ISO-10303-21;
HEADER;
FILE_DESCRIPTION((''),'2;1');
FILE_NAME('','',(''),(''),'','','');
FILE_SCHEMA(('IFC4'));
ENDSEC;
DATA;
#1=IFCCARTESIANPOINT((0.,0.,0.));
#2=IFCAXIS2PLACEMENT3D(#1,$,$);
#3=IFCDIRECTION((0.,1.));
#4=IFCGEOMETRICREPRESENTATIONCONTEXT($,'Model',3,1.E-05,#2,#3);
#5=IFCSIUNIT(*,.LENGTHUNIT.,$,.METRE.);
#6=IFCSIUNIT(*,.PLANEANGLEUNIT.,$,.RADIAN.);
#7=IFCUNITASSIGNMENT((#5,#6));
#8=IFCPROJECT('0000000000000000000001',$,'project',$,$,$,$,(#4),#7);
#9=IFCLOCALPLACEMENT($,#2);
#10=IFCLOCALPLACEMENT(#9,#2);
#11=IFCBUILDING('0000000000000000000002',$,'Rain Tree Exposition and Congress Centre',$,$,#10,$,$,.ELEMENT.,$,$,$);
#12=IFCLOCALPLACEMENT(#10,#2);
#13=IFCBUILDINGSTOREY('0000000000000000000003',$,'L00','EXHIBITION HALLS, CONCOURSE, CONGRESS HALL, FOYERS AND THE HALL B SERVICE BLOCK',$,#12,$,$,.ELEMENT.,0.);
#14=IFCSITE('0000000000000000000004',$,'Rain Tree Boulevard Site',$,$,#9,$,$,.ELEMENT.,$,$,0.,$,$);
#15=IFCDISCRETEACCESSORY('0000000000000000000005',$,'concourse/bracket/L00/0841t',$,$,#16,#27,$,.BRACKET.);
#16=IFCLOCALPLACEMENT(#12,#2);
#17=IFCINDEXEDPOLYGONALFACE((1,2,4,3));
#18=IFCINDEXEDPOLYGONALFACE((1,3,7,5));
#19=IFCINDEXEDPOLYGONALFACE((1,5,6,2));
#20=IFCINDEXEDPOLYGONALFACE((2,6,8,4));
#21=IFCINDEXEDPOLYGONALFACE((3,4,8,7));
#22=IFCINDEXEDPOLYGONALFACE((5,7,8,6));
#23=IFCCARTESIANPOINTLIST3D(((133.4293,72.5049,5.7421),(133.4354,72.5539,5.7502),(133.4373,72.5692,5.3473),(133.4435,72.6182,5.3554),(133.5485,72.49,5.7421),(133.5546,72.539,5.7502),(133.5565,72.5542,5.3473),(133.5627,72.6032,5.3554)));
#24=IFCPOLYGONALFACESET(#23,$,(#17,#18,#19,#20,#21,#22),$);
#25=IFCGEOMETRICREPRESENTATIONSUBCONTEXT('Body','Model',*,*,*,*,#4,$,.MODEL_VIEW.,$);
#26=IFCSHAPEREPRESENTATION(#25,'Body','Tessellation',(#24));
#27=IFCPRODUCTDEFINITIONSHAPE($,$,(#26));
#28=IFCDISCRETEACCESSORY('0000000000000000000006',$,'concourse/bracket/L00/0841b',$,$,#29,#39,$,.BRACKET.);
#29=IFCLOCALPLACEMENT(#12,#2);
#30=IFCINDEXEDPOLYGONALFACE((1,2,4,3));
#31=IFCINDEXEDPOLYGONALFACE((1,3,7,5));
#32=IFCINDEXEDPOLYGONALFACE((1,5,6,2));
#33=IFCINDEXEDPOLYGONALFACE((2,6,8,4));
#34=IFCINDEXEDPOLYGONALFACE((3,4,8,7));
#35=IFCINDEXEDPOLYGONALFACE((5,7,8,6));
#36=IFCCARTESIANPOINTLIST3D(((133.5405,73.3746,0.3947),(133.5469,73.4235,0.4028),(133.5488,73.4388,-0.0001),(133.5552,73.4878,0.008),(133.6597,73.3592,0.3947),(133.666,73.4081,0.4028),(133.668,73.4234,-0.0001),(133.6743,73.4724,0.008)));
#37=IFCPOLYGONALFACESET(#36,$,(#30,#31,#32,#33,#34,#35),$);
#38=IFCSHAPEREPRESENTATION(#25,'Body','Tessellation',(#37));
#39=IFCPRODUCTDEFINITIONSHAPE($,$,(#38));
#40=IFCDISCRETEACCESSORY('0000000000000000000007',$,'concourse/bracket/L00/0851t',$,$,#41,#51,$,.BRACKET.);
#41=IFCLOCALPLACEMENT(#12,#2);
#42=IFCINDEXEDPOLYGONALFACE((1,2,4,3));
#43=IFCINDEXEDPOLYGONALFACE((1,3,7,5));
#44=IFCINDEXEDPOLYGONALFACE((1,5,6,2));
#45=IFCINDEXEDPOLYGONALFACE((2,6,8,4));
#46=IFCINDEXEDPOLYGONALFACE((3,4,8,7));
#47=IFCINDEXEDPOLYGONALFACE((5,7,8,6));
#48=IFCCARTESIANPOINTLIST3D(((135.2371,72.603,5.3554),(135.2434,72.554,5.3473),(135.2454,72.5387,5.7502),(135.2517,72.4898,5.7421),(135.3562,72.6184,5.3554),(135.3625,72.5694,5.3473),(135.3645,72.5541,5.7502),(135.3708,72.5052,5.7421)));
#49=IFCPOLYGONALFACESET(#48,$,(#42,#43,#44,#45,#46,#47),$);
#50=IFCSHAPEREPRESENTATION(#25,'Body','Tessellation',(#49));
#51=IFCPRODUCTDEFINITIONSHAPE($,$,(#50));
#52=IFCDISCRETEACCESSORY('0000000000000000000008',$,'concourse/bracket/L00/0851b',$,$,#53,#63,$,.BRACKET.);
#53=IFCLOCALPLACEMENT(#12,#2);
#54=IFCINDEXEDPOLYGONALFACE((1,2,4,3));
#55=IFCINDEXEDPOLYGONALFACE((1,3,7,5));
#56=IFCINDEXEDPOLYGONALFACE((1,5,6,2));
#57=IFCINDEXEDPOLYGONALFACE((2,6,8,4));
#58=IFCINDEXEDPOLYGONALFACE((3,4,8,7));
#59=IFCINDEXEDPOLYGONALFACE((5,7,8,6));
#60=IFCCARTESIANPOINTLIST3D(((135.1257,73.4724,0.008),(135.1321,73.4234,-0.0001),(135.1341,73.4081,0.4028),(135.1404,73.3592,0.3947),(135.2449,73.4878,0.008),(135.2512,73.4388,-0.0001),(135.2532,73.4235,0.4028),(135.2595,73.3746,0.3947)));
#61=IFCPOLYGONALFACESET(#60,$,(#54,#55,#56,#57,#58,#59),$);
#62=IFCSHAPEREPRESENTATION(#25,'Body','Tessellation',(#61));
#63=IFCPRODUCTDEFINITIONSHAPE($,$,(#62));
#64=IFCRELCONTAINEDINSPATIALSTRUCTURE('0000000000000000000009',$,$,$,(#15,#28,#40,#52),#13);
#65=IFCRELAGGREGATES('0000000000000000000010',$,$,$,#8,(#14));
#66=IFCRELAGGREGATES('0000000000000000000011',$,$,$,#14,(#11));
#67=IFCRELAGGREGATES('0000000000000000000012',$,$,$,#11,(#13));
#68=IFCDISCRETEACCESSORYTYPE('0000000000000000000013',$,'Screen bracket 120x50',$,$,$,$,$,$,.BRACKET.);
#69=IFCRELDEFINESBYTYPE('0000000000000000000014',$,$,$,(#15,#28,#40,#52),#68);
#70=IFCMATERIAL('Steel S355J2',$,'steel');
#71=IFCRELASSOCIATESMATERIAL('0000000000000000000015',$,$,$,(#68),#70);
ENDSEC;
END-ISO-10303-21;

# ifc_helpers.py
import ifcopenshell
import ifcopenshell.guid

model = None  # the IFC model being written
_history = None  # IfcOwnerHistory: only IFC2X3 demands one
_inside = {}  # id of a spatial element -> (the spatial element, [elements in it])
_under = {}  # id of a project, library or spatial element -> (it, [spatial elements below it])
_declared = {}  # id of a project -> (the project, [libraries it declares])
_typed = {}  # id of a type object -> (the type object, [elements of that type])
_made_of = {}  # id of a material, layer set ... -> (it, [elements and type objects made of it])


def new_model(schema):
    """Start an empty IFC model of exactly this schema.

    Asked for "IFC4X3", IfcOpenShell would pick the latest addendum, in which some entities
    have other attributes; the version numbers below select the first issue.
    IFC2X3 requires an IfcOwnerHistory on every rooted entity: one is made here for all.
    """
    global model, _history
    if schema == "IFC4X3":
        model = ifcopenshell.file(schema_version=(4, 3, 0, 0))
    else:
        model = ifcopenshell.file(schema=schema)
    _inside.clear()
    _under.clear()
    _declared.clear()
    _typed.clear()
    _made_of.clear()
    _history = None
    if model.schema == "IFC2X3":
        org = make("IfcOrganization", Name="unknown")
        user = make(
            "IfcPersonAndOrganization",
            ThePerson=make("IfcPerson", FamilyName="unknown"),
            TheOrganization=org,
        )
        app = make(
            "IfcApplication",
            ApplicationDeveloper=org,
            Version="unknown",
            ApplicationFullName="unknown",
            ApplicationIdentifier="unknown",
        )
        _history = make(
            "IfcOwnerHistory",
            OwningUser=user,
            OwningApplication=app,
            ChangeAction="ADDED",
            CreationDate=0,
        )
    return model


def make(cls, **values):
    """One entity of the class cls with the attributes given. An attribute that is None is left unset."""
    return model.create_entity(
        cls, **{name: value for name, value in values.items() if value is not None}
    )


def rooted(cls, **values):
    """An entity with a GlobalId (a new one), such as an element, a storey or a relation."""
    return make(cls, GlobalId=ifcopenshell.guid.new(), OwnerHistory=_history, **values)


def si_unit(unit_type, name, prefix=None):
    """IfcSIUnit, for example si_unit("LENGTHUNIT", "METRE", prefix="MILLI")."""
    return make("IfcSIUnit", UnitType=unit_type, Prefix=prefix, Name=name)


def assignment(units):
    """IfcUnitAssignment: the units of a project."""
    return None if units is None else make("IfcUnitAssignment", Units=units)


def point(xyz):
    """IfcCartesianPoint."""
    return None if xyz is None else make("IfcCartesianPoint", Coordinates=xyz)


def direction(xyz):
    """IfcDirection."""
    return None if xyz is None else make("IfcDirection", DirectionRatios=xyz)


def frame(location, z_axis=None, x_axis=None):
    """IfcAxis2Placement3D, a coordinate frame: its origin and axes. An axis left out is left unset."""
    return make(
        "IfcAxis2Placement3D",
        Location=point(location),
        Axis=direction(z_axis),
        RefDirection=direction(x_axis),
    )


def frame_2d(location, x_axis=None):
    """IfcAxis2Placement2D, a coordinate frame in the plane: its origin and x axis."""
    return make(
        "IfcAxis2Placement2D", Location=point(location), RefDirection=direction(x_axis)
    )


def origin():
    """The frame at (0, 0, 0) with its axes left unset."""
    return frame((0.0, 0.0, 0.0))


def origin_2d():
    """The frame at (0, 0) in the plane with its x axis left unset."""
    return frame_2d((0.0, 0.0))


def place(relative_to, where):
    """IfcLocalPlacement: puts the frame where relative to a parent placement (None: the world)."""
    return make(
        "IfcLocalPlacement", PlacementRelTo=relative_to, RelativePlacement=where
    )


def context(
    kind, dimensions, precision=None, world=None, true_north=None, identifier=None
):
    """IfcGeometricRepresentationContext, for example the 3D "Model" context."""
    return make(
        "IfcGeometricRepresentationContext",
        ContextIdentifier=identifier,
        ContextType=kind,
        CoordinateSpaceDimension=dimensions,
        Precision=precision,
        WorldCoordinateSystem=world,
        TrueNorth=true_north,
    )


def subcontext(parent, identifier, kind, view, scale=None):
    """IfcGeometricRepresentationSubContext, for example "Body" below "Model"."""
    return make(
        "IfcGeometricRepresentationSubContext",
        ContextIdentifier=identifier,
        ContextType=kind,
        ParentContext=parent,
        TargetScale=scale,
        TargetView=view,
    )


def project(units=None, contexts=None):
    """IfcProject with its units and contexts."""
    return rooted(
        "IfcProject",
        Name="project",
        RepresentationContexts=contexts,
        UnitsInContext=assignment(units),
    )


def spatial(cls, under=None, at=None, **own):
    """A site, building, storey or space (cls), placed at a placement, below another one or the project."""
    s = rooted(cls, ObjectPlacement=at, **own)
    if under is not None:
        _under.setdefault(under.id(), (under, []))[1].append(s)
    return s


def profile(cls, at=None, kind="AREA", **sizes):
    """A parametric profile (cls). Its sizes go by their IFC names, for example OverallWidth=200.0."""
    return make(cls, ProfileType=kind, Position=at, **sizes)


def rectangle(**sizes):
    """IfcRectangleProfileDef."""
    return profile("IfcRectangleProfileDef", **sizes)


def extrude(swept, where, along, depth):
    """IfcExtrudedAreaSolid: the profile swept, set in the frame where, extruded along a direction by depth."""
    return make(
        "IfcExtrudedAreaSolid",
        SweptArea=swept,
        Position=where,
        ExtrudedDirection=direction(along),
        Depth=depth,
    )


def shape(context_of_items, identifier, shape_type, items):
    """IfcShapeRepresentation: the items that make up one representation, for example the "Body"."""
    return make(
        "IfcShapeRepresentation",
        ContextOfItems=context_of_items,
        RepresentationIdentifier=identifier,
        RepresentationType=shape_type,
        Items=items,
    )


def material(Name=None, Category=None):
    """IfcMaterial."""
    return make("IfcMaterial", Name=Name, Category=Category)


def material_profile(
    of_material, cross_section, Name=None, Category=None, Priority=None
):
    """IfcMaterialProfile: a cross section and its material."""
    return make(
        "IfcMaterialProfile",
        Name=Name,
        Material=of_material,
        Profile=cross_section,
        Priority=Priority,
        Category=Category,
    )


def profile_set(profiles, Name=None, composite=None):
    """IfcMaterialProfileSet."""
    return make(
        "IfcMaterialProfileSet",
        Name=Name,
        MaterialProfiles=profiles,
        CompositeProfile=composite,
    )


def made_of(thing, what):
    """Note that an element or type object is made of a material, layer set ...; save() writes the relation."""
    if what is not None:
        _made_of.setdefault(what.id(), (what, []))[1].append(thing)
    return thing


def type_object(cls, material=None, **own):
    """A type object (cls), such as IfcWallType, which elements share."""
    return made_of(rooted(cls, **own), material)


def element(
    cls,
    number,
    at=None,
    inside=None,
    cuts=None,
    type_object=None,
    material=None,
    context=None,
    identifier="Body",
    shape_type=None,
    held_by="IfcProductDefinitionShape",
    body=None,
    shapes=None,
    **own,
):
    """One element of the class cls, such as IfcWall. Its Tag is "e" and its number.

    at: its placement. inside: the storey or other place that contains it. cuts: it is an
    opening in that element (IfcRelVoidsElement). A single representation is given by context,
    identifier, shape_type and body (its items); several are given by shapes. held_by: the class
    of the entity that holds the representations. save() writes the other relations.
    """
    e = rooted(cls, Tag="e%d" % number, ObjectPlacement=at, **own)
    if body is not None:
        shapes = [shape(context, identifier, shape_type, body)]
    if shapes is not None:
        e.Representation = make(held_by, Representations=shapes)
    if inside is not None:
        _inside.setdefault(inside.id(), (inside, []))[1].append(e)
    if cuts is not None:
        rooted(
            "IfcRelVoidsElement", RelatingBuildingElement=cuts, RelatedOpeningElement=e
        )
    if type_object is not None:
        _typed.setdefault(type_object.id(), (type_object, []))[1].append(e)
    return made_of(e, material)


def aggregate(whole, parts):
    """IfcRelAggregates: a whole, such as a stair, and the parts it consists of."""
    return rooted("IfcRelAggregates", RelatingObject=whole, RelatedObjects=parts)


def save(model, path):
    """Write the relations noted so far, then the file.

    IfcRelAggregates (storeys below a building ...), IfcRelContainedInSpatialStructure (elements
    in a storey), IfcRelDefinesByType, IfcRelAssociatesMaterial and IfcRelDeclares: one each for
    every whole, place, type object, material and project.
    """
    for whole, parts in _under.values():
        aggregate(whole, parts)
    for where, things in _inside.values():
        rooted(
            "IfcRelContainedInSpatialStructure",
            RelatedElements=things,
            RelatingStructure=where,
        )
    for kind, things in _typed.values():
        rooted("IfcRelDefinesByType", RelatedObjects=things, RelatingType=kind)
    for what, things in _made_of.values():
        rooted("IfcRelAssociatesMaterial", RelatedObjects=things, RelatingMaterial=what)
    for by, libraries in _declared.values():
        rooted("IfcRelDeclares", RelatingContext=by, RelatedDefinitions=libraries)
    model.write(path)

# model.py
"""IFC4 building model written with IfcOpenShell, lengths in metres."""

from ifc_helpers import new_model, si_unit, direction, frame, origin, origin_2d, place, context, subcontext, project, spatial, rectangle, extrude, material, material_profile, profile_set, type_object, element, save


model = new_model("IFC4")

# Units and contexts
model_context = context("Model", 3, precision=1e-05, world=origin(), true_north=direction((0.0, 1.0)))
body_context = subcontext(model_context, "Body", "Model", "MODEL_VIEW")
ifc_project = project(units=[si_unit("LENGTHUNIT", "METRE"), si_unit("PLANEANGLEUNIT", "RADIAN")], contexts=[model_context])

# Site, building, storey
site_placement = place(None, origin())
site = spatial("IfcSite", under=ifc_project, at=site_placement, Name="Rain Tree Boulevard Site", CompositionType="ELEMENT", RefElevation=0.0)
building_placement = place(site_placement, origin())
building = spatial("IfcBuilding", under=site, at=building_placement, Name="Rain Tree Exposition and Congress Centre", CompositionType="ELEMENT")
storey_placement = place(building_placement, origin())
storey = spatial("IfcBuildingStorey", under=building, at=storey_placement, Name="L00", Description="EXHIBITION HALLS, CONCOURSE, CONGRESS HALL, FOYERS AND THE HALL B SERVICE BLOCK", CompositionType="ELEMENT", Elevation=0.0)

# Discrete accessories
ifc_material_1 = material(Name="Steel S355J2", Category="steel")
ifc_material_profile_1 = material_profile(ifc_material_1, rectangle(XDim=0.1201, YDim=0.05, at=origin_2d()), Name="Flat bar 120x50")
ifc_profile_set_1 = profile_set([ifc_material_profile_1], Name="Steel S355J2")
discrete_accessory_type = type_object("IfcDiscreteAccessoryType", Name="Screen bracket 120x50", PredefinedType="BRACKET", material=ifc_profile_set_1)
for number, where, z_axis, x_axis, name in (
    (1, (133.5, 72.5862, 5.3513), (-0.020139, -0.160505, 0.98683), (0.99222, -0.124499, 0.0), "concourse/bracket/L00/0841t"),
    (2, (133.6116, 73.4556, 0.0039), (-0.020749, -0.160503, 0.986817), (0.991747, -0.128211, 0.0), "concourse/bracket/L00/0841b"),
    (3, (135.2998, 72.5862, 5.3513), (0.020749, -0.160503, 0.986817), (0.991747, 0.128211, 0.0), "concourse/bracket/L00/0851t"),
    (4, (135.1885, 73.4556, 0.0039), (0.020749, -0.160503, 0.986817), (0.991747, 0.128211, 0.0), "concourse/bracket/L00/0851b"),
):
    element("IfcDiscreteAccessory", number, at=place(storey_placement, frame(where, z_axis=z_axis, x_axis=x_axis)), inside=storey, type_object=discrete_accessory_type, Name=name, PredefinedType="BRACKET", context=body_context, shape_type="SweptSolid", body=[
        extrude(rectangle(XDim=0.1201, YDim=0.05, at=origin_2d()), origin(), (0.0, 0.0, 1.0), 0.4001),
    ])

save(model, "model.ifc")
